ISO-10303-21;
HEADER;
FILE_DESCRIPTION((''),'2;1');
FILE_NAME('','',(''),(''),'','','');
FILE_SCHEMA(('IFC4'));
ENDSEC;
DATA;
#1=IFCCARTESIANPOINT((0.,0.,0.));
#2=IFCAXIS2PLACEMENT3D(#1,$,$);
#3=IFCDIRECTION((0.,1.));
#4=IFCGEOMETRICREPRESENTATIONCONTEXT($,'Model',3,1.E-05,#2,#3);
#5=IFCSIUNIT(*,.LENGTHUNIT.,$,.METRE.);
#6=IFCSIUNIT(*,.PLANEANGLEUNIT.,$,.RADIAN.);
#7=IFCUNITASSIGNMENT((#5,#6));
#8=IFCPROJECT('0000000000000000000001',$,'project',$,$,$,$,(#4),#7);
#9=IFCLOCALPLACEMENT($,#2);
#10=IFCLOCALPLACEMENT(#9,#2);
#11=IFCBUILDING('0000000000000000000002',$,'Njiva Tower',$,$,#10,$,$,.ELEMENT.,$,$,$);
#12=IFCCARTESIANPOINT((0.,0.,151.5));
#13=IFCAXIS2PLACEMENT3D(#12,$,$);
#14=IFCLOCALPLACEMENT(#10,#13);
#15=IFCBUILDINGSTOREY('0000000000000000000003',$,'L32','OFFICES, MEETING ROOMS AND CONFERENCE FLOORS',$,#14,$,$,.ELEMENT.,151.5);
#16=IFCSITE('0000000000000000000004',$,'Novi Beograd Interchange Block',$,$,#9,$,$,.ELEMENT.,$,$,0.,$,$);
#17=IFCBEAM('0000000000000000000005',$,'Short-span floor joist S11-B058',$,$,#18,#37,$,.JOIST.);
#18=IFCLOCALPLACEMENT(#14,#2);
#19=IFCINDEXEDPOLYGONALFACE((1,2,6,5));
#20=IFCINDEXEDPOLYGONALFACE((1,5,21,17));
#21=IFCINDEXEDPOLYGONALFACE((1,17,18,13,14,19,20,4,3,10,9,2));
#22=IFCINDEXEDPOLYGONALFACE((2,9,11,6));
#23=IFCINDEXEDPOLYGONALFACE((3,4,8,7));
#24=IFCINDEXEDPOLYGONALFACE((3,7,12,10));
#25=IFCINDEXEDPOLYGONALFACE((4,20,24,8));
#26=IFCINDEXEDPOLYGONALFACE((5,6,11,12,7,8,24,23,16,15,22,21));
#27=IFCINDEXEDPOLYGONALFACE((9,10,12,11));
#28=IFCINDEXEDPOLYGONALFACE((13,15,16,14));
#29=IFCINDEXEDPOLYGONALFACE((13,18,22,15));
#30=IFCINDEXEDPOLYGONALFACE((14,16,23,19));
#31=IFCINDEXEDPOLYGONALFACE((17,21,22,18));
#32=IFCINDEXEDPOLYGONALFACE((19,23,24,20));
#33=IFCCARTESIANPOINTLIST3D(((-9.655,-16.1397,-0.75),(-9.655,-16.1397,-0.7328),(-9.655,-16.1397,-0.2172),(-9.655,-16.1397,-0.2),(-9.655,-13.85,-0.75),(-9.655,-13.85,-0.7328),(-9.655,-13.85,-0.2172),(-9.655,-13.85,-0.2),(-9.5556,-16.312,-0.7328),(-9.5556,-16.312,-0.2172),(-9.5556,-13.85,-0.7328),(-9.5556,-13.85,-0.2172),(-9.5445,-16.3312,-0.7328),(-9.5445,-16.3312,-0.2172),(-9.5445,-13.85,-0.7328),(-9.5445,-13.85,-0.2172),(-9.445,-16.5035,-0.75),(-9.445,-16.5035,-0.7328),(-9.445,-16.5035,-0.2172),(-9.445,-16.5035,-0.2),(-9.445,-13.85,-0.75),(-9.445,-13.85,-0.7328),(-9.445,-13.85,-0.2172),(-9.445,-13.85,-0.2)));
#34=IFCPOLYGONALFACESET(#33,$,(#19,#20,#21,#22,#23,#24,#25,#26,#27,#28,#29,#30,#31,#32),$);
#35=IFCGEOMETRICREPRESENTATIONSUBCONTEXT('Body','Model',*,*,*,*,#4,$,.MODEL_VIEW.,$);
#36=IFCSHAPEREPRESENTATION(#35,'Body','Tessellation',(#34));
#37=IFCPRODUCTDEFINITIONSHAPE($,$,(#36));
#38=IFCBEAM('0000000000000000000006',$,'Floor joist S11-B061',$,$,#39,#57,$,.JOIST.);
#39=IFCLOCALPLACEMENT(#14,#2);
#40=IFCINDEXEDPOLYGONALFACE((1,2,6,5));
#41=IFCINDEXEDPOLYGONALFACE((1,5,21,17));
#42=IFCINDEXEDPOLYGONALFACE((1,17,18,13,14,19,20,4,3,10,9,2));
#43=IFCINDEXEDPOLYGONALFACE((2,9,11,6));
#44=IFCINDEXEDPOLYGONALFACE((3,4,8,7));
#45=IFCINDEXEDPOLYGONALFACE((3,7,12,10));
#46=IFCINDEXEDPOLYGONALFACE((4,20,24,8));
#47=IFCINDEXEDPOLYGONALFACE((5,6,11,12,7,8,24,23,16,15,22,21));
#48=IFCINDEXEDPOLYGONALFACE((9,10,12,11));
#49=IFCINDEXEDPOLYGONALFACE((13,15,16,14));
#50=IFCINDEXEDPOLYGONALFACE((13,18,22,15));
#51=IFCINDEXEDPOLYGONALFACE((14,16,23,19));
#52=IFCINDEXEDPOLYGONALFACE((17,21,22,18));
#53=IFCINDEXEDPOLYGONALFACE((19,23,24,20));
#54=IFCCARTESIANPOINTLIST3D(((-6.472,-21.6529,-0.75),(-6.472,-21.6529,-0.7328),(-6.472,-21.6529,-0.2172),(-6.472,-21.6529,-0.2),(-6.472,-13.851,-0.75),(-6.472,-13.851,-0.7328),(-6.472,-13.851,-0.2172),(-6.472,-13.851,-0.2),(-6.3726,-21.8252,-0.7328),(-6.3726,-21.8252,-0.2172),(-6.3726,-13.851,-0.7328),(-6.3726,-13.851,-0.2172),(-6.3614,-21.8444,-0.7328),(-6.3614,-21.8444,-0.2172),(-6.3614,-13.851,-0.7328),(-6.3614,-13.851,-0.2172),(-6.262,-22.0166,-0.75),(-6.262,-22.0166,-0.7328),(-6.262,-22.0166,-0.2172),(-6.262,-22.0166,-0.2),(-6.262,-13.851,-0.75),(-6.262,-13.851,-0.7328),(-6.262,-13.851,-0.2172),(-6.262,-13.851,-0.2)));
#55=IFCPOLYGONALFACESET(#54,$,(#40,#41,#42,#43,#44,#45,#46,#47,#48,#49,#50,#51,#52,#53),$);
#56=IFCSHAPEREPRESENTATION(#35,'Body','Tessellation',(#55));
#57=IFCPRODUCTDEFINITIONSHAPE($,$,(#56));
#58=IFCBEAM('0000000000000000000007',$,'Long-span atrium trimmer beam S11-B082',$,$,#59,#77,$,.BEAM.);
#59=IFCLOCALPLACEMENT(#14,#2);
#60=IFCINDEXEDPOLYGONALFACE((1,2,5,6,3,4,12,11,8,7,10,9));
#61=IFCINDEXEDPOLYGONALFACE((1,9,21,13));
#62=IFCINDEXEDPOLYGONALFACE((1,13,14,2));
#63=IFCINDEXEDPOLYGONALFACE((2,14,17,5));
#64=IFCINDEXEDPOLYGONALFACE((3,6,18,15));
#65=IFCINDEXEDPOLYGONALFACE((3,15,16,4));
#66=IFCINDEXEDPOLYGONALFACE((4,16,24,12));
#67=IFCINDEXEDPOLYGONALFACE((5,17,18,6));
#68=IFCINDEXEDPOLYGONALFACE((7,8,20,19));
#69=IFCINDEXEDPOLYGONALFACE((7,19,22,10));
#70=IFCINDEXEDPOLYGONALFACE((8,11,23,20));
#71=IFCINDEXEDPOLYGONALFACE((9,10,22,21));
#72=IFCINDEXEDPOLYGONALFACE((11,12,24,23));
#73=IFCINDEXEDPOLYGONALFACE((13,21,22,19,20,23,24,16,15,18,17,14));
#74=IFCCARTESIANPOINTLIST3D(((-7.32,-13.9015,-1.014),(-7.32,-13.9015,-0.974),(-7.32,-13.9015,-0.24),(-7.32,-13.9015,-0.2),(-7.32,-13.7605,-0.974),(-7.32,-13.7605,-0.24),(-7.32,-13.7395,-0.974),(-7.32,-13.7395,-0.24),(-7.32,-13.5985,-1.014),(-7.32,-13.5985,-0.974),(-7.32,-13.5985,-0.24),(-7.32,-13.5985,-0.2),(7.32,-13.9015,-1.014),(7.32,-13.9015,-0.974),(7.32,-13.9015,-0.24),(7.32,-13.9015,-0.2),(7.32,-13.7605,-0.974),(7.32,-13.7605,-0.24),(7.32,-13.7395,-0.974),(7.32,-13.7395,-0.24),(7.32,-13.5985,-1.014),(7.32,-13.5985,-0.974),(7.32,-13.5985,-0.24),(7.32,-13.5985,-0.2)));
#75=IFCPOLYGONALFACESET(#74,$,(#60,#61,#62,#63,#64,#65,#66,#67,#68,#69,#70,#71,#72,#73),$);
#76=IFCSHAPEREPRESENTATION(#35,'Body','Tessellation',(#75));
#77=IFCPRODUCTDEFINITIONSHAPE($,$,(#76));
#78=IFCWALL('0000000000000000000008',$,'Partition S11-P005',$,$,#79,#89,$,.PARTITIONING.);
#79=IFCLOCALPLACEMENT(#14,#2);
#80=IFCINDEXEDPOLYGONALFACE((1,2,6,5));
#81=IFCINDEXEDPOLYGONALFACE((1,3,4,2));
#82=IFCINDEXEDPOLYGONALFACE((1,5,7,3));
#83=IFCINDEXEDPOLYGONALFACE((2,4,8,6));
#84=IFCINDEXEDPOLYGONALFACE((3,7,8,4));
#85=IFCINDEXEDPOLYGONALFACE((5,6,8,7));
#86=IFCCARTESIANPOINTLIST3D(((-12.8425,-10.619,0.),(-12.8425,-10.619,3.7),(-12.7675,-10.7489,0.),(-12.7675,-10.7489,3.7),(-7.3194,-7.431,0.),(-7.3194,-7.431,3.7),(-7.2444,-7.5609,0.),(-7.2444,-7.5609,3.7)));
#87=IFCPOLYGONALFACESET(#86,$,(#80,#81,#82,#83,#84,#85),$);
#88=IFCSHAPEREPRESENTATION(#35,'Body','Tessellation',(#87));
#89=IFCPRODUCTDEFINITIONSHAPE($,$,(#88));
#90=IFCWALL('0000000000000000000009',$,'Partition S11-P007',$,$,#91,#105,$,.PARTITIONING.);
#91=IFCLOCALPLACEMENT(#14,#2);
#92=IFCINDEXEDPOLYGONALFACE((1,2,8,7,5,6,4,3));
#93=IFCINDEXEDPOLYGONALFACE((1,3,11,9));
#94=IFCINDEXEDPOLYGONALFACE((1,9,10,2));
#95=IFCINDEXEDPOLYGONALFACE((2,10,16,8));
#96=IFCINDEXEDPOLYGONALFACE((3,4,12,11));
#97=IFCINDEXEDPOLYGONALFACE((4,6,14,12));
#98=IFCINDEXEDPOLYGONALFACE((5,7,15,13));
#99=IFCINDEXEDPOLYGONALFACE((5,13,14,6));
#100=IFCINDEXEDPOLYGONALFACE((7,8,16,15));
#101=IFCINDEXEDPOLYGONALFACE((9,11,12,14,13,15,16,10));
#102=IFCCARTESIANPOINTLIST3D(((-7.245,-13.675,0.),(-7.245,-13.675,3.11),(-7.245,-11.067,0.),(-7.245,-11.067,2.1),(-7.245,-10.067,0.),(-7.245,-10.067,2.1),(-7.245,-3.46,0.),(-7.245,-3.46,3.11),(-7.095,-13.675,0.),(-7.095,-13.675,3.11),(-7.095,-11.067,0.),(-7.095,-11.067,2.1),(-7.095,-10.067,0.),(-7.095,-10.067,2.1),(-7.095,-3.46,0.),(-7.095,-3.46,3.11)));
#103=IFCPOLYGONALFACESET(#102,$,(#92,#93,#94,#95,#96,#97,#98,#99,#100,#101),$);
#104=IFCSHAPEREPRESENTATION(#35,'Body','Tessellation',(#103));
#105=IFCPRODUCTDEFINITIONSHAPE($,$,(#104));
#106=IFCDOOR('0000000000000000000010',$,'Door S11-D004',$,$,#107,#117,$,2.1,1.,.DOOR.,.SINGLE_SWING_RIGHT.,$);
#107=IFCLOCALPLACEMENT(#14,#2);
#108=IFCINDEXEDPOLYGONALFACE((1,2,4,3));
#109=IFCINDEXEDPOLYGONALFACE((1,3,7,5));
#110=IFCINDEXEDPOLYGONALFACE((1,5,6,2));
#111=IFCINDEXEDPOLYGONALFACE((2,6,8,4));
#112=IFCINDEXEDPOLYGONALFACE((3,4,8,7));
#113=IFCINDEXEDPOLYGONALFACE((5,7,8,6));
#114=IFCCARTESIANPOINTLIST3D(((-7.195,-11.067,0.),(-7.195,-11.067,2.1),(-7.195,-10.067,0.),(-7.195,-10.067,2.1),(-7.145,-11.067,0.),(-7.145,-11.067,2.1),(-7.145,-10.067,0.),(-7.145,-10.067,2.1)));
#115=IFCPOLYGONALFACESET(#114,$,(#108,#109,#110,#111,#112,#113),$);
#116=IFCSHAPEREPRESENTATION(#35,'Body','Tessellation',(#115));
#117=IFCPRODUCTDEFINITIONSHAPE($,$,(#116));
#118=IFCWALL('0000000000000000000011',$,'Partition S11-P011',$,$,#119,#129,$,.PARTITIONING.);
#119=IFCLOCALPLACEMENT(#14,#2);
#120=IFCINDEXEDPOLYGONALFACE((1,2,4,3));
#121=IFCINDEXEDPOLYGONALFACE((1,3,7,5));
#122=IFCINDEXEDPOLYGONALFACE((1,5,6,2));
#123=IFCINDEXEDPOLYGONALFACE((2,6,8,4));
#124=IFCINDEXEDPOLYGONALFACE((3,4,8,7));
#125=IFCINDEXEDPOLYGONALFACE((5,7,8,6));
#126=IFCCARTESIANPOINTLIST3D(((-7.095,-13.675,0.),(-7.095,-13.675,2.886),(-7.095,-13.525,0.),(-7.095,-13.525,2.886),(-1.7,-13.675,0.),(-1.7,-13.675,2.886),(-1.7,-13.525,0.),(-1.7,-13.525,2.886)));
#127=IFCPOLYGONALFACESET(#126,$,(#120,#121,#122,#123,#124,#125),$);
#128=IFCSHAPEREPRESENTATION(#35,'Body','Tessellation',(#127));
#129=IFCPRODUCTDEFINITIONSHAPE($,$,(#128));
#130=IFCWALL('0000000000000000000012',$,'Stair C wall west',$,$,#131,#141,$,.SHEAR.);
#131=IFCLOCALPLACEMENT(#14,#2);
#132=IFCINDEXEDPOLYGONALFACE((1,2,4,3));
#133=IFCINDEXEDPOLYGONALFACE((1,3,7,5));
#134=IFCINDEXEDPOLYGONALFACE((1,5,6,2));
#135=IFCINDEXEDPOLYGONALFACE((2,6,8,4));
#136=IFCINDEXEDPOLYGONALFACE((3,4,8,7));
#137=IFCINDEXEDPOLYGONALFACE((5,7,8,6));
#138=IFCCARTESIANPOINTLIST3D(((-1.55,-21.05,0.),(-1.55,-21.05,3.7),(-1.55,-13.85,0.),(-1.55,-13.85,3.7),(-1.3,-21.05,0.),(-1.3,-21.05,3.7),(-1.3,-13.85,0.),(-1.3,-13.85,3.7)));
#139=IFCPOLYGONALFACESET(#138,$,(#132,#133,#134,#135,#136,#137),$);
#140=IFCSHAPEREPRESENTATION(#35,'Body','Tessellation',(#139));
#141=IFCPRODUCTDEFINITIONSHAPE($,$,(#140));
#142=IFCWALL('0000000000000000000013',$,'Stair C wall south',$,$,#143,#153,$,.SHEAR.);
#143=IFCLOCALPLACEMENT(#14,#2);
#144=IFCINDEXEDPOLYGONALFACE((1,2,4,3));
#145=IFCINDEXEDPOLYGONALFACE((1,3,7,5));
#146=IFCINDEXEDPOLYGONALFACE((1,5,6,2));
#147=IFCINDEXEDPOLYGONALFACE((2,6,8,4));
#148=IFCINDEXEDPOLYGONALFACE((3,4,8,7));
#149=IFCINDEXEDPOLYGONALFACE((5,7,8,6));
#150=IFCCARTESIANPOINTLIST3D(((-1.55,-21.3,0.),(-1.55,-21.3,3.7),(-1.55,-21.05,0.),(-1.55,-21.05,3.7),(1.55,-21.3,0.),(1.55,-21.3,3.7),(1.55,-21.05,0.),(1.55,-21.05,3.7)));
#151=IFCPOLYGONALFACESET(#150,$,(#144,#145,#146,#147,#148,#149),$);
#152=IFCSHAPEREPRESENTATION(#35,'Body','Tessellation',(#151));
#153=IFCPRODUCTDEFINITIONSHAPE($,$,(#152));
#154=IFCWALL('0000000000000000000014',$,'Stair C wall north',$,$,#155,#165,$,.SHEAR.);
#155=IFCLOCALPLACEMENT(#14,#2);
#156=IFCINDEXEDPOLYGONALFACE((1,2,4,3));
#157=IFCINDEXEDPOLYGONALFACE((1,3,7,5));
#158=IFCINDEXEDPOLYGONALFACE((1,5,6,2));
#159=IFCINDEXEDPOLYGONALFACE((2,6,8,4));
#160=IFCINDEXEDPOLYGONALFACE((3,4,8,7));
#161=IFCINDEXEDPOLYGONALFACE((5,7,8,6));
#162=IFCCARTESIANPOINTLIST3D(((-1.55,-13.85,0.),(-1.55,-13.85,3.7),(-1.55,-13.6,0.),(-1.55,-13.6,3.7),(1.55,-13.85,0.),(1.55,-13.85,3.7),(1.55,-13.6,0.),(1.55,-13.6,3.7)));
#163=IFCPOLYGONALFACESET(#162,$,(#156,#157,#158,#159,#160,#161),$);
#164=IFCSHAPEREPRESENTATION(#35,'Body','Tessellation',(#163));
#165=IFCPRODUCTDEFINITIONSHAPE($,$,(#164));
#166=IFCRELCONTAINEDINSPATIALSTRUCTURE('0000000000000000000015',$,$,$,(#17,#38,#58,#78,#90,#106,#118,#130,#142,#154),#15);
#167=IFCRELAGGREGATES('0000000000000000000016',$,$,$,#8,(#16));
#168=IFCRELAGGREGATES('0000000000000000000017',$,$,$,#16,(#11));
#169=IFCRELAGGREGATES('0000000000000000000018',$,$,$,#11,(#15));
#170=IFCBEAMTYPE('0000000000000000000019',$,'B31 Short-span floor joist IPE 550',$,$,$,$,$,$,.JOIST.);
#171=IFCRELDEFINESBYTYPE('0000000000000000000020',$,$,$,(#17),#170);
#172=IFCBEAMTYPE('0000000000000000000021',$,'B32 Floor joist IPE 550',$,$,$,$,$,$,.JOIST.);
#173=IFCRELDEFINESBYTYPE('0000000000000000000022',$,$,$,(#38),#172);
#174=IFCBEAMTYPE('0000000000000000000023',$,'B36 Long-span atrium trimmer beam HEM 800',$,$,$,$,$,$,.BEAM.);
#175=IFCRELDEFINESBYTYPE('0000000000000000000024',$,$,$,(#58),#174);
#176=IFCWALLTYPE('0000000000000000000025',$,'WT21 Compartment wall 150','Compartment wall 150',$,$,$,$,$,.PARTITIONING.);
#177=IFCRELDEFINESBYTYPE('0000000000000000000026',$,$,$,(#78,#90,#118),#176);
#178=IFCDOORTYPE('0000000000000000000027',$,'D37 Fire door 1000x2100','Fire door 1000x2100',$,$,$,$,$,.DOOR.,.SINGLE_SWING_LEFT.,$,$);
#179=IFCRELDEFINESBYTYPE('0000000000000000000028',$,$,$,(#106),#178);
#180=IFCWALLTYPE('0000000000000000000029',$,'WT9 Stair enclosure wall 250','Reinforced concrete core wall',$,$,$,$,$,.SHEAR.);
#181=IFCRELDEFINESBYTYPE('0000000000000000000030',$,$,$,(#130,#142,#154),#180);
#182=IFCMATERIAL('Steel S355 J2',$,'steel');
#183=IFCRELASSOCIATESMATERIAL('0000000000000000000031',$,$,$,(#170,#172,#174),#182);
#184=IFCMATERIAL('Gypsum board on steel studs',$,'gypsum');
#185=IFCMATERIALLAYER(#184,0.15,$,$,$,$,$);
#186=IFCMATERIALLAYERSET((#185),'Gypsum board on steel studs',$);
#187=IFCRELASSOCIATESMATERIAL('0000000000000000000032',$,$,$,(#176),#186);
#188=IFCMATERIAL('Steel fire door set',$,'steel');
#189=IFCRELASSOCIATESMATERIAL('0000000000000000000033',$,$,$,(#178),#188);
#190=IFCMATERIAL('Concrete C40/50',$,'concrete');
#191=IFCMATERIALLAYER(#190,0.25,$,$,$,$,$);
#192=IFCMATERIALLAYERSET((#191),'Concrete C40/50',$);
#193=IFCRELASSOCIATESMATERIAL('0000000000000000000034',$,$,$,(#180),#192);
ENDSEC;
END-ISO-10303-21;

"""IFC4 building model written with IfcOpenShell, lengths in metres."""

from ifc_helpers import new_model, si_unit, direction, frame, frame_2d, origin, origin_2d, place, context, subcontext, project, spatial, rectangle, i_section, extrude, clip, halfspace, material, layer, layer_set, material_profile, profile_set, type_object, element, fill, save


model = new_model("IFC4")

# Units and contexts
model_context = context("Model", 3, precision=1e-05, world=origin(), true_north=direction((0.0, 1.0)))
body_context = subcontext(model_context, "Body", "Model", "MODEL_VIEW")
ifc_project = project(units=[si_unit("LENGTHUNIT", "METRE"), si_unit("PLANEANGLEUNIT", "RADIAN")], contexts=[model_context])

# Site, building, storey
site_placement = place(None, origin())
site = spatial("IfcSite", under=ifc_project, at=site_placement, Name="Novi Beograd Interchange Block", CompositionType="ELEMENT", RefElevation=0.0)
building_placement = place(site_placement, origin())
building = spatial("IfcBuilding", under=site, at=building_placement, Name="Njiva Tower", CompositionType="ELEMENT")
storey_placement = place(building_placement, frame((0.0, 0.0, 151.5)))
storey = spatial("IfcBuildingStorey", under=building, at=storey_placement, Name="L32", Description="OFFICES, MEETING ROOMS AND CONFERENCE FLOORS", CompositionType="ELEMENT", Elevation=151.5)

# Shared definitions
ifc_material_1 = material(Name="Steel S355 J2", Category="steel")

# Beams
ifc_material_profile_1 = material_profile(ifc_material_1, i_section(OverallWidth=0.21, OverallDepth=0.55, WebThickness=0.0111, FlangeThickness=0.0172, at=origin_2d()), Name="IPE 550")
ifc_profile_set_1 = profile_set([ifc_material_profile_1], Name="Steel S355 J2")
beam_type_1 = type_object("IfcBeamType", Name="B31 Short-span floor joist IPE 550", PredefinedType="JOIST", material=ifc_profile_set_1)
beam_1_placement = place(storey_placement, frame((-9.55, -13.85, -0.475), z_axis=(0.0, -1.0, 0.0), x_axis=(1.0, 0.0, 0.0)))
element("IfcBeam", 1, at=beam_1_placement, inside=storey, type_object=beam_type_1, Name="Short-span floor joist S11-B058", PredefinedType="JOIST", context=body_context, shape_type="Clipping", body=[
    clip(extrude(i_section(OverallWidth=0.21, OverallDepth=0.55, WebThickness=0.0111, FlangeThickness=0.0172, at=origin_2d()), origin(), (0.0, 0.0, 1.0), 2.674), halfspace(frame((-0.0433, 0.0, 2.3966), z_axis=(-0.866027, 0.0, 0.499998), x_axis=(0.0, 1.0, 0.0)), False)),
])
ifc_material_profile_2 = material_profile(ifc_material_1, i_section(OverallWidth=0.21, OverallDepth=0.55, WebThickness=0.0111, FlangeThickness=0.0172, at=origin_2d()), Name="IPE 550")
ifc_profile_set_2 = profile_set([ifc_material_profile_2], Name="Steel S355 J2")
beam_type_2 = type_object("IfcBeamType", Name="B32 Floor joist IPE 550", PredefinedType="JOIST", material=ifc_profile_set_2)
beam_2_placement = place(storey_placement, frame((-6.367, -13.851, -0.475), z_axis=(0.0, -1.0, 0.0), x_axis=(1.0, 0.0, 0.0)))
element("IfcBeam", 2, at=beam_2_placement, inside=storey, type_object=beam_type_2, Name="Floor joist S11-B061", PredefinedType="JOIST", context=body_context, shape_type="Clipping", body=[
    clip(extrude(i_section(OverallWidth=0.21, OverallDepth=0.55, WebThickness=0.0111, FlangeThickness=0.0172, at=origin_2d()), origin(), (0.0, 0.0, 1.0), 8.186), halfspace(frame((-0.043, 0.0, 7.9093), z_axis=(-0.866027, 0.0, 0.499998), x_axis=(0.0, 1.0, 0.0)), False)),
])
ifc_material_profile_3 = material_profile(ifc_material_1, i_section(OverallWidth=0.303, OverallDepth=0.814, WebThickness=0.021, FlangeThickness=0.04, at=origin_2d()), Name="HEM 800")
ifc_profile_set_3 = profile_set([ifc_material_profile_3], Name="Steel S355 J2")
beam_type_3 = type_object("IfcBeamType", Name="B36 Long-span atrium trimmer beam HEM 800", PredefinedType="BEAM", material=ifc_profile_set_3)
beam_3_placement = place(storey_placement, frame((-7.32, -13.75, -0.607), z_axis=(1.0, 0.0, 0.0), x_axis=(0.0, 1.0, 0.0)))
element("IfcBeam", 3, at=beam_3_placement, inside=storey, type_object=beam_type_3, Name="Long-span atrium trimmer beam S11-B082", PredefinedType="BEAM", context=body_context, shape_type="SweptSolid", body=[
    extrude(i_section(OverallWidth=0.303, OverallDepth=0.814, WebThickness=0.021, FlangeThickness=0.04, at=origin_2d()), origin(), (0.0, 0.0, 1.0), 14.64),
])

# Wall
ifc_material_2 = material(Name="Gypsum board on steel studs", Category="gypsum")
ifc_layer_1 = layer(ifc_material_2, 0.15)
ifc_layer_set_1 = layer_set([ifc_layer_1], Name="Gypsum board on steel studs")
wall_type_1 = type_object("IfcWallType", Name="WT21 Compartment wall 150", Description="Compartment wall 150", PredefinedType="PARTITIONING", material=ifc_layer_set_1)
wall_1_placement = place(storey_placement, frame((-12.805, -10.684, 0.0), z_axis=(0.0, 0.0, 1.0), x_axis=(0.866073, 0.499917, 0.0)))
element("IfcWall", 4, at=wall_1_placement, inside=storey, type_object=wall_type_1, Name="Partition S11-P005", PredefinedType="PARTITIONING", context=body_context, shape_type="SweptSolid", body=[
    extrude(rectangle(XDim=6.3771, YDim=0.15, at=frame_2d((3.1886, 0.0))), origin(), (0.0, 0.0, 1.0), 3.7),
])

# Wall, opening, door
wall_2_placement = place(storey_placement, frame((-7.17, -13.675, 0.0), z_axis=(0.0, 0.0, 1.0), x_axis=(0.0, 1.0, 0.0)))
wall_2 = element("IfcWall", 5, at=wall_2_placement, inside=storey, type_object=wall_type_1, Name="Partition S11-P007", PredefinedType="PARTITIONING", context=body_context, shape_type="SweptSolid", body=[
    extrude(rectangle(XDim=10.215, YDim=0.15, at=frame_2d((5.1075, 0.0))), origin(), (0.0, 0.0, 1.0), 3.11),
])
opening_1_placement = place(wall_2_placement, frame((2.608, 0.0, 0.0)))
opening_1 = element("IfcOpeningElement", 6, at=opening_1_placement, cuts=wall_2, PredefinedType="OPENING", context=body_context, shape_type="SweptSolid", body=[
    extrude(rectangle(XDim=1.0, YDim=2.1, at=frame_2d((0.5, 1.05))), frame((0.0, 0.085, 0.0), z_axis=(0.0, -1.0, 0.0), x_axis=(1.0, 0.0, 0.0)), (0.0, 0.0, 1.0), 0.17),
])
ifc_material_3 = material(Name="Steel fire door set", Category="steel")
door_type = type_object("IfcDoorType", Name="D37 Fire door 1000x2100", Description="Fire door 1000x2100", OperationType="SINGLE_SWING_LEFT", PredefinedType="DOOR", material=ifc_material_3)
door_placement = place(opening_1_placement, origin())
door = element("IfcDoor", 7, at=door_placement, inside=storey, type_object=door_type, Name="Door S11-D004", OperationType="SINGLE_SWING_RIGHT", OverallHeight=2.1, OverallWidth=1.0, PredefinedType="DOOR", context=body_context, shape_type="SweptSolid", body=[
    extrude(rectangle(XDim=1.0, YDim=2.1, at=frame_2d((0.5, 1.05))), frame((0.0, 0.025, 0.0), z_axis=(0.0, -1.0, 0.0), x_axis=(1.0, 0.0, 0.0)), (0.0, 0.0, 1.0), 0.05),
])
fill(opening_1, door)

# Walls
wall_3_placement = place(storey_placement, frame((-7.095, -13.6, 0.0), z_axis=(0.0, 0.0, 1.0), x_axis=(1.0, 0.0, 0.0)))
element("IfcWall", 8, at=wall_3_placement, inside=storey, type_object=wall_type_1, Name="Partition S11-P011", PredefinedType="PARTITIONING", context=body_context, shape_type="SweptSolid", body=[
    extrude(rectangle(XDim=5.395, YDim=0.15, at=frame_2d((2.6975, 0.0))), origin(), (0.0, 0.0, 1.0), 2.886),
])
ifc_material_4 = material(Name="Concrete C40/50", Category="concrete")
ifc_layer_2 = layer(ifc_material_4, 0.25)
ifc_layer_set_2 = layer_set([ifc_layer_2], Name="Concrete C40/50")
wall_type_2 = type_object("IfcWallType", Name="WT9 Stair enclosure wall 250", Description="Reinforced concrete core wall", PredefinedType="SHEAR", material=ifc_layer_set_2)
wall_4_placement = place(storey_placement, frame((-1.425, -21.05, 0.0), z_axis=(0.0, 0.0, 1.0), x_axis=(0.0, 1.0, 0.0)))
element("IfcWall", 9, at=wall_4_placement, inside=storey, type_object=wall_type_2, Name="Stair C wall west", PredefinedType="SHEAR", context=body_context, shape_type="SweptSolid", body=[
    extrude(rectangle(XDim=7.2, YDim=0.25, at=frame_2d((3.6, 0.0))), origin(), (0.0, 0.0, 1.0), 3.7),
])
for number, where, z_axis, x_axis, name in (
    (10, (-1.55, -21.175, 0.0), (0.0, 0.0, 1.0), (1.0, 0.0, 0.0), "Stair C wall south"),
    (11, (-1.55, -13.725, 0.0), (0.0, 0.0, 1.0), (1.0, 0.0, 0.0), "Stair C wall north"),
):
    element("IfcWall", number, at=place(storey_placement, frame(where, z_axis=z_axis, x_axis=x_axis)), inside=storey, type_object=wall_type_2, Name=name, PredefinedType="SHEAR", context=body_context, shape_type="SweptSolid", body=[
        extrude(rectangle(XDim=3.1, YDim=0.25, at=frame_2d((1.55, 0.0))), origin(), (0.0, 0.0, 1.0), 3.7),
    ])

save(model, "model.ifc")
